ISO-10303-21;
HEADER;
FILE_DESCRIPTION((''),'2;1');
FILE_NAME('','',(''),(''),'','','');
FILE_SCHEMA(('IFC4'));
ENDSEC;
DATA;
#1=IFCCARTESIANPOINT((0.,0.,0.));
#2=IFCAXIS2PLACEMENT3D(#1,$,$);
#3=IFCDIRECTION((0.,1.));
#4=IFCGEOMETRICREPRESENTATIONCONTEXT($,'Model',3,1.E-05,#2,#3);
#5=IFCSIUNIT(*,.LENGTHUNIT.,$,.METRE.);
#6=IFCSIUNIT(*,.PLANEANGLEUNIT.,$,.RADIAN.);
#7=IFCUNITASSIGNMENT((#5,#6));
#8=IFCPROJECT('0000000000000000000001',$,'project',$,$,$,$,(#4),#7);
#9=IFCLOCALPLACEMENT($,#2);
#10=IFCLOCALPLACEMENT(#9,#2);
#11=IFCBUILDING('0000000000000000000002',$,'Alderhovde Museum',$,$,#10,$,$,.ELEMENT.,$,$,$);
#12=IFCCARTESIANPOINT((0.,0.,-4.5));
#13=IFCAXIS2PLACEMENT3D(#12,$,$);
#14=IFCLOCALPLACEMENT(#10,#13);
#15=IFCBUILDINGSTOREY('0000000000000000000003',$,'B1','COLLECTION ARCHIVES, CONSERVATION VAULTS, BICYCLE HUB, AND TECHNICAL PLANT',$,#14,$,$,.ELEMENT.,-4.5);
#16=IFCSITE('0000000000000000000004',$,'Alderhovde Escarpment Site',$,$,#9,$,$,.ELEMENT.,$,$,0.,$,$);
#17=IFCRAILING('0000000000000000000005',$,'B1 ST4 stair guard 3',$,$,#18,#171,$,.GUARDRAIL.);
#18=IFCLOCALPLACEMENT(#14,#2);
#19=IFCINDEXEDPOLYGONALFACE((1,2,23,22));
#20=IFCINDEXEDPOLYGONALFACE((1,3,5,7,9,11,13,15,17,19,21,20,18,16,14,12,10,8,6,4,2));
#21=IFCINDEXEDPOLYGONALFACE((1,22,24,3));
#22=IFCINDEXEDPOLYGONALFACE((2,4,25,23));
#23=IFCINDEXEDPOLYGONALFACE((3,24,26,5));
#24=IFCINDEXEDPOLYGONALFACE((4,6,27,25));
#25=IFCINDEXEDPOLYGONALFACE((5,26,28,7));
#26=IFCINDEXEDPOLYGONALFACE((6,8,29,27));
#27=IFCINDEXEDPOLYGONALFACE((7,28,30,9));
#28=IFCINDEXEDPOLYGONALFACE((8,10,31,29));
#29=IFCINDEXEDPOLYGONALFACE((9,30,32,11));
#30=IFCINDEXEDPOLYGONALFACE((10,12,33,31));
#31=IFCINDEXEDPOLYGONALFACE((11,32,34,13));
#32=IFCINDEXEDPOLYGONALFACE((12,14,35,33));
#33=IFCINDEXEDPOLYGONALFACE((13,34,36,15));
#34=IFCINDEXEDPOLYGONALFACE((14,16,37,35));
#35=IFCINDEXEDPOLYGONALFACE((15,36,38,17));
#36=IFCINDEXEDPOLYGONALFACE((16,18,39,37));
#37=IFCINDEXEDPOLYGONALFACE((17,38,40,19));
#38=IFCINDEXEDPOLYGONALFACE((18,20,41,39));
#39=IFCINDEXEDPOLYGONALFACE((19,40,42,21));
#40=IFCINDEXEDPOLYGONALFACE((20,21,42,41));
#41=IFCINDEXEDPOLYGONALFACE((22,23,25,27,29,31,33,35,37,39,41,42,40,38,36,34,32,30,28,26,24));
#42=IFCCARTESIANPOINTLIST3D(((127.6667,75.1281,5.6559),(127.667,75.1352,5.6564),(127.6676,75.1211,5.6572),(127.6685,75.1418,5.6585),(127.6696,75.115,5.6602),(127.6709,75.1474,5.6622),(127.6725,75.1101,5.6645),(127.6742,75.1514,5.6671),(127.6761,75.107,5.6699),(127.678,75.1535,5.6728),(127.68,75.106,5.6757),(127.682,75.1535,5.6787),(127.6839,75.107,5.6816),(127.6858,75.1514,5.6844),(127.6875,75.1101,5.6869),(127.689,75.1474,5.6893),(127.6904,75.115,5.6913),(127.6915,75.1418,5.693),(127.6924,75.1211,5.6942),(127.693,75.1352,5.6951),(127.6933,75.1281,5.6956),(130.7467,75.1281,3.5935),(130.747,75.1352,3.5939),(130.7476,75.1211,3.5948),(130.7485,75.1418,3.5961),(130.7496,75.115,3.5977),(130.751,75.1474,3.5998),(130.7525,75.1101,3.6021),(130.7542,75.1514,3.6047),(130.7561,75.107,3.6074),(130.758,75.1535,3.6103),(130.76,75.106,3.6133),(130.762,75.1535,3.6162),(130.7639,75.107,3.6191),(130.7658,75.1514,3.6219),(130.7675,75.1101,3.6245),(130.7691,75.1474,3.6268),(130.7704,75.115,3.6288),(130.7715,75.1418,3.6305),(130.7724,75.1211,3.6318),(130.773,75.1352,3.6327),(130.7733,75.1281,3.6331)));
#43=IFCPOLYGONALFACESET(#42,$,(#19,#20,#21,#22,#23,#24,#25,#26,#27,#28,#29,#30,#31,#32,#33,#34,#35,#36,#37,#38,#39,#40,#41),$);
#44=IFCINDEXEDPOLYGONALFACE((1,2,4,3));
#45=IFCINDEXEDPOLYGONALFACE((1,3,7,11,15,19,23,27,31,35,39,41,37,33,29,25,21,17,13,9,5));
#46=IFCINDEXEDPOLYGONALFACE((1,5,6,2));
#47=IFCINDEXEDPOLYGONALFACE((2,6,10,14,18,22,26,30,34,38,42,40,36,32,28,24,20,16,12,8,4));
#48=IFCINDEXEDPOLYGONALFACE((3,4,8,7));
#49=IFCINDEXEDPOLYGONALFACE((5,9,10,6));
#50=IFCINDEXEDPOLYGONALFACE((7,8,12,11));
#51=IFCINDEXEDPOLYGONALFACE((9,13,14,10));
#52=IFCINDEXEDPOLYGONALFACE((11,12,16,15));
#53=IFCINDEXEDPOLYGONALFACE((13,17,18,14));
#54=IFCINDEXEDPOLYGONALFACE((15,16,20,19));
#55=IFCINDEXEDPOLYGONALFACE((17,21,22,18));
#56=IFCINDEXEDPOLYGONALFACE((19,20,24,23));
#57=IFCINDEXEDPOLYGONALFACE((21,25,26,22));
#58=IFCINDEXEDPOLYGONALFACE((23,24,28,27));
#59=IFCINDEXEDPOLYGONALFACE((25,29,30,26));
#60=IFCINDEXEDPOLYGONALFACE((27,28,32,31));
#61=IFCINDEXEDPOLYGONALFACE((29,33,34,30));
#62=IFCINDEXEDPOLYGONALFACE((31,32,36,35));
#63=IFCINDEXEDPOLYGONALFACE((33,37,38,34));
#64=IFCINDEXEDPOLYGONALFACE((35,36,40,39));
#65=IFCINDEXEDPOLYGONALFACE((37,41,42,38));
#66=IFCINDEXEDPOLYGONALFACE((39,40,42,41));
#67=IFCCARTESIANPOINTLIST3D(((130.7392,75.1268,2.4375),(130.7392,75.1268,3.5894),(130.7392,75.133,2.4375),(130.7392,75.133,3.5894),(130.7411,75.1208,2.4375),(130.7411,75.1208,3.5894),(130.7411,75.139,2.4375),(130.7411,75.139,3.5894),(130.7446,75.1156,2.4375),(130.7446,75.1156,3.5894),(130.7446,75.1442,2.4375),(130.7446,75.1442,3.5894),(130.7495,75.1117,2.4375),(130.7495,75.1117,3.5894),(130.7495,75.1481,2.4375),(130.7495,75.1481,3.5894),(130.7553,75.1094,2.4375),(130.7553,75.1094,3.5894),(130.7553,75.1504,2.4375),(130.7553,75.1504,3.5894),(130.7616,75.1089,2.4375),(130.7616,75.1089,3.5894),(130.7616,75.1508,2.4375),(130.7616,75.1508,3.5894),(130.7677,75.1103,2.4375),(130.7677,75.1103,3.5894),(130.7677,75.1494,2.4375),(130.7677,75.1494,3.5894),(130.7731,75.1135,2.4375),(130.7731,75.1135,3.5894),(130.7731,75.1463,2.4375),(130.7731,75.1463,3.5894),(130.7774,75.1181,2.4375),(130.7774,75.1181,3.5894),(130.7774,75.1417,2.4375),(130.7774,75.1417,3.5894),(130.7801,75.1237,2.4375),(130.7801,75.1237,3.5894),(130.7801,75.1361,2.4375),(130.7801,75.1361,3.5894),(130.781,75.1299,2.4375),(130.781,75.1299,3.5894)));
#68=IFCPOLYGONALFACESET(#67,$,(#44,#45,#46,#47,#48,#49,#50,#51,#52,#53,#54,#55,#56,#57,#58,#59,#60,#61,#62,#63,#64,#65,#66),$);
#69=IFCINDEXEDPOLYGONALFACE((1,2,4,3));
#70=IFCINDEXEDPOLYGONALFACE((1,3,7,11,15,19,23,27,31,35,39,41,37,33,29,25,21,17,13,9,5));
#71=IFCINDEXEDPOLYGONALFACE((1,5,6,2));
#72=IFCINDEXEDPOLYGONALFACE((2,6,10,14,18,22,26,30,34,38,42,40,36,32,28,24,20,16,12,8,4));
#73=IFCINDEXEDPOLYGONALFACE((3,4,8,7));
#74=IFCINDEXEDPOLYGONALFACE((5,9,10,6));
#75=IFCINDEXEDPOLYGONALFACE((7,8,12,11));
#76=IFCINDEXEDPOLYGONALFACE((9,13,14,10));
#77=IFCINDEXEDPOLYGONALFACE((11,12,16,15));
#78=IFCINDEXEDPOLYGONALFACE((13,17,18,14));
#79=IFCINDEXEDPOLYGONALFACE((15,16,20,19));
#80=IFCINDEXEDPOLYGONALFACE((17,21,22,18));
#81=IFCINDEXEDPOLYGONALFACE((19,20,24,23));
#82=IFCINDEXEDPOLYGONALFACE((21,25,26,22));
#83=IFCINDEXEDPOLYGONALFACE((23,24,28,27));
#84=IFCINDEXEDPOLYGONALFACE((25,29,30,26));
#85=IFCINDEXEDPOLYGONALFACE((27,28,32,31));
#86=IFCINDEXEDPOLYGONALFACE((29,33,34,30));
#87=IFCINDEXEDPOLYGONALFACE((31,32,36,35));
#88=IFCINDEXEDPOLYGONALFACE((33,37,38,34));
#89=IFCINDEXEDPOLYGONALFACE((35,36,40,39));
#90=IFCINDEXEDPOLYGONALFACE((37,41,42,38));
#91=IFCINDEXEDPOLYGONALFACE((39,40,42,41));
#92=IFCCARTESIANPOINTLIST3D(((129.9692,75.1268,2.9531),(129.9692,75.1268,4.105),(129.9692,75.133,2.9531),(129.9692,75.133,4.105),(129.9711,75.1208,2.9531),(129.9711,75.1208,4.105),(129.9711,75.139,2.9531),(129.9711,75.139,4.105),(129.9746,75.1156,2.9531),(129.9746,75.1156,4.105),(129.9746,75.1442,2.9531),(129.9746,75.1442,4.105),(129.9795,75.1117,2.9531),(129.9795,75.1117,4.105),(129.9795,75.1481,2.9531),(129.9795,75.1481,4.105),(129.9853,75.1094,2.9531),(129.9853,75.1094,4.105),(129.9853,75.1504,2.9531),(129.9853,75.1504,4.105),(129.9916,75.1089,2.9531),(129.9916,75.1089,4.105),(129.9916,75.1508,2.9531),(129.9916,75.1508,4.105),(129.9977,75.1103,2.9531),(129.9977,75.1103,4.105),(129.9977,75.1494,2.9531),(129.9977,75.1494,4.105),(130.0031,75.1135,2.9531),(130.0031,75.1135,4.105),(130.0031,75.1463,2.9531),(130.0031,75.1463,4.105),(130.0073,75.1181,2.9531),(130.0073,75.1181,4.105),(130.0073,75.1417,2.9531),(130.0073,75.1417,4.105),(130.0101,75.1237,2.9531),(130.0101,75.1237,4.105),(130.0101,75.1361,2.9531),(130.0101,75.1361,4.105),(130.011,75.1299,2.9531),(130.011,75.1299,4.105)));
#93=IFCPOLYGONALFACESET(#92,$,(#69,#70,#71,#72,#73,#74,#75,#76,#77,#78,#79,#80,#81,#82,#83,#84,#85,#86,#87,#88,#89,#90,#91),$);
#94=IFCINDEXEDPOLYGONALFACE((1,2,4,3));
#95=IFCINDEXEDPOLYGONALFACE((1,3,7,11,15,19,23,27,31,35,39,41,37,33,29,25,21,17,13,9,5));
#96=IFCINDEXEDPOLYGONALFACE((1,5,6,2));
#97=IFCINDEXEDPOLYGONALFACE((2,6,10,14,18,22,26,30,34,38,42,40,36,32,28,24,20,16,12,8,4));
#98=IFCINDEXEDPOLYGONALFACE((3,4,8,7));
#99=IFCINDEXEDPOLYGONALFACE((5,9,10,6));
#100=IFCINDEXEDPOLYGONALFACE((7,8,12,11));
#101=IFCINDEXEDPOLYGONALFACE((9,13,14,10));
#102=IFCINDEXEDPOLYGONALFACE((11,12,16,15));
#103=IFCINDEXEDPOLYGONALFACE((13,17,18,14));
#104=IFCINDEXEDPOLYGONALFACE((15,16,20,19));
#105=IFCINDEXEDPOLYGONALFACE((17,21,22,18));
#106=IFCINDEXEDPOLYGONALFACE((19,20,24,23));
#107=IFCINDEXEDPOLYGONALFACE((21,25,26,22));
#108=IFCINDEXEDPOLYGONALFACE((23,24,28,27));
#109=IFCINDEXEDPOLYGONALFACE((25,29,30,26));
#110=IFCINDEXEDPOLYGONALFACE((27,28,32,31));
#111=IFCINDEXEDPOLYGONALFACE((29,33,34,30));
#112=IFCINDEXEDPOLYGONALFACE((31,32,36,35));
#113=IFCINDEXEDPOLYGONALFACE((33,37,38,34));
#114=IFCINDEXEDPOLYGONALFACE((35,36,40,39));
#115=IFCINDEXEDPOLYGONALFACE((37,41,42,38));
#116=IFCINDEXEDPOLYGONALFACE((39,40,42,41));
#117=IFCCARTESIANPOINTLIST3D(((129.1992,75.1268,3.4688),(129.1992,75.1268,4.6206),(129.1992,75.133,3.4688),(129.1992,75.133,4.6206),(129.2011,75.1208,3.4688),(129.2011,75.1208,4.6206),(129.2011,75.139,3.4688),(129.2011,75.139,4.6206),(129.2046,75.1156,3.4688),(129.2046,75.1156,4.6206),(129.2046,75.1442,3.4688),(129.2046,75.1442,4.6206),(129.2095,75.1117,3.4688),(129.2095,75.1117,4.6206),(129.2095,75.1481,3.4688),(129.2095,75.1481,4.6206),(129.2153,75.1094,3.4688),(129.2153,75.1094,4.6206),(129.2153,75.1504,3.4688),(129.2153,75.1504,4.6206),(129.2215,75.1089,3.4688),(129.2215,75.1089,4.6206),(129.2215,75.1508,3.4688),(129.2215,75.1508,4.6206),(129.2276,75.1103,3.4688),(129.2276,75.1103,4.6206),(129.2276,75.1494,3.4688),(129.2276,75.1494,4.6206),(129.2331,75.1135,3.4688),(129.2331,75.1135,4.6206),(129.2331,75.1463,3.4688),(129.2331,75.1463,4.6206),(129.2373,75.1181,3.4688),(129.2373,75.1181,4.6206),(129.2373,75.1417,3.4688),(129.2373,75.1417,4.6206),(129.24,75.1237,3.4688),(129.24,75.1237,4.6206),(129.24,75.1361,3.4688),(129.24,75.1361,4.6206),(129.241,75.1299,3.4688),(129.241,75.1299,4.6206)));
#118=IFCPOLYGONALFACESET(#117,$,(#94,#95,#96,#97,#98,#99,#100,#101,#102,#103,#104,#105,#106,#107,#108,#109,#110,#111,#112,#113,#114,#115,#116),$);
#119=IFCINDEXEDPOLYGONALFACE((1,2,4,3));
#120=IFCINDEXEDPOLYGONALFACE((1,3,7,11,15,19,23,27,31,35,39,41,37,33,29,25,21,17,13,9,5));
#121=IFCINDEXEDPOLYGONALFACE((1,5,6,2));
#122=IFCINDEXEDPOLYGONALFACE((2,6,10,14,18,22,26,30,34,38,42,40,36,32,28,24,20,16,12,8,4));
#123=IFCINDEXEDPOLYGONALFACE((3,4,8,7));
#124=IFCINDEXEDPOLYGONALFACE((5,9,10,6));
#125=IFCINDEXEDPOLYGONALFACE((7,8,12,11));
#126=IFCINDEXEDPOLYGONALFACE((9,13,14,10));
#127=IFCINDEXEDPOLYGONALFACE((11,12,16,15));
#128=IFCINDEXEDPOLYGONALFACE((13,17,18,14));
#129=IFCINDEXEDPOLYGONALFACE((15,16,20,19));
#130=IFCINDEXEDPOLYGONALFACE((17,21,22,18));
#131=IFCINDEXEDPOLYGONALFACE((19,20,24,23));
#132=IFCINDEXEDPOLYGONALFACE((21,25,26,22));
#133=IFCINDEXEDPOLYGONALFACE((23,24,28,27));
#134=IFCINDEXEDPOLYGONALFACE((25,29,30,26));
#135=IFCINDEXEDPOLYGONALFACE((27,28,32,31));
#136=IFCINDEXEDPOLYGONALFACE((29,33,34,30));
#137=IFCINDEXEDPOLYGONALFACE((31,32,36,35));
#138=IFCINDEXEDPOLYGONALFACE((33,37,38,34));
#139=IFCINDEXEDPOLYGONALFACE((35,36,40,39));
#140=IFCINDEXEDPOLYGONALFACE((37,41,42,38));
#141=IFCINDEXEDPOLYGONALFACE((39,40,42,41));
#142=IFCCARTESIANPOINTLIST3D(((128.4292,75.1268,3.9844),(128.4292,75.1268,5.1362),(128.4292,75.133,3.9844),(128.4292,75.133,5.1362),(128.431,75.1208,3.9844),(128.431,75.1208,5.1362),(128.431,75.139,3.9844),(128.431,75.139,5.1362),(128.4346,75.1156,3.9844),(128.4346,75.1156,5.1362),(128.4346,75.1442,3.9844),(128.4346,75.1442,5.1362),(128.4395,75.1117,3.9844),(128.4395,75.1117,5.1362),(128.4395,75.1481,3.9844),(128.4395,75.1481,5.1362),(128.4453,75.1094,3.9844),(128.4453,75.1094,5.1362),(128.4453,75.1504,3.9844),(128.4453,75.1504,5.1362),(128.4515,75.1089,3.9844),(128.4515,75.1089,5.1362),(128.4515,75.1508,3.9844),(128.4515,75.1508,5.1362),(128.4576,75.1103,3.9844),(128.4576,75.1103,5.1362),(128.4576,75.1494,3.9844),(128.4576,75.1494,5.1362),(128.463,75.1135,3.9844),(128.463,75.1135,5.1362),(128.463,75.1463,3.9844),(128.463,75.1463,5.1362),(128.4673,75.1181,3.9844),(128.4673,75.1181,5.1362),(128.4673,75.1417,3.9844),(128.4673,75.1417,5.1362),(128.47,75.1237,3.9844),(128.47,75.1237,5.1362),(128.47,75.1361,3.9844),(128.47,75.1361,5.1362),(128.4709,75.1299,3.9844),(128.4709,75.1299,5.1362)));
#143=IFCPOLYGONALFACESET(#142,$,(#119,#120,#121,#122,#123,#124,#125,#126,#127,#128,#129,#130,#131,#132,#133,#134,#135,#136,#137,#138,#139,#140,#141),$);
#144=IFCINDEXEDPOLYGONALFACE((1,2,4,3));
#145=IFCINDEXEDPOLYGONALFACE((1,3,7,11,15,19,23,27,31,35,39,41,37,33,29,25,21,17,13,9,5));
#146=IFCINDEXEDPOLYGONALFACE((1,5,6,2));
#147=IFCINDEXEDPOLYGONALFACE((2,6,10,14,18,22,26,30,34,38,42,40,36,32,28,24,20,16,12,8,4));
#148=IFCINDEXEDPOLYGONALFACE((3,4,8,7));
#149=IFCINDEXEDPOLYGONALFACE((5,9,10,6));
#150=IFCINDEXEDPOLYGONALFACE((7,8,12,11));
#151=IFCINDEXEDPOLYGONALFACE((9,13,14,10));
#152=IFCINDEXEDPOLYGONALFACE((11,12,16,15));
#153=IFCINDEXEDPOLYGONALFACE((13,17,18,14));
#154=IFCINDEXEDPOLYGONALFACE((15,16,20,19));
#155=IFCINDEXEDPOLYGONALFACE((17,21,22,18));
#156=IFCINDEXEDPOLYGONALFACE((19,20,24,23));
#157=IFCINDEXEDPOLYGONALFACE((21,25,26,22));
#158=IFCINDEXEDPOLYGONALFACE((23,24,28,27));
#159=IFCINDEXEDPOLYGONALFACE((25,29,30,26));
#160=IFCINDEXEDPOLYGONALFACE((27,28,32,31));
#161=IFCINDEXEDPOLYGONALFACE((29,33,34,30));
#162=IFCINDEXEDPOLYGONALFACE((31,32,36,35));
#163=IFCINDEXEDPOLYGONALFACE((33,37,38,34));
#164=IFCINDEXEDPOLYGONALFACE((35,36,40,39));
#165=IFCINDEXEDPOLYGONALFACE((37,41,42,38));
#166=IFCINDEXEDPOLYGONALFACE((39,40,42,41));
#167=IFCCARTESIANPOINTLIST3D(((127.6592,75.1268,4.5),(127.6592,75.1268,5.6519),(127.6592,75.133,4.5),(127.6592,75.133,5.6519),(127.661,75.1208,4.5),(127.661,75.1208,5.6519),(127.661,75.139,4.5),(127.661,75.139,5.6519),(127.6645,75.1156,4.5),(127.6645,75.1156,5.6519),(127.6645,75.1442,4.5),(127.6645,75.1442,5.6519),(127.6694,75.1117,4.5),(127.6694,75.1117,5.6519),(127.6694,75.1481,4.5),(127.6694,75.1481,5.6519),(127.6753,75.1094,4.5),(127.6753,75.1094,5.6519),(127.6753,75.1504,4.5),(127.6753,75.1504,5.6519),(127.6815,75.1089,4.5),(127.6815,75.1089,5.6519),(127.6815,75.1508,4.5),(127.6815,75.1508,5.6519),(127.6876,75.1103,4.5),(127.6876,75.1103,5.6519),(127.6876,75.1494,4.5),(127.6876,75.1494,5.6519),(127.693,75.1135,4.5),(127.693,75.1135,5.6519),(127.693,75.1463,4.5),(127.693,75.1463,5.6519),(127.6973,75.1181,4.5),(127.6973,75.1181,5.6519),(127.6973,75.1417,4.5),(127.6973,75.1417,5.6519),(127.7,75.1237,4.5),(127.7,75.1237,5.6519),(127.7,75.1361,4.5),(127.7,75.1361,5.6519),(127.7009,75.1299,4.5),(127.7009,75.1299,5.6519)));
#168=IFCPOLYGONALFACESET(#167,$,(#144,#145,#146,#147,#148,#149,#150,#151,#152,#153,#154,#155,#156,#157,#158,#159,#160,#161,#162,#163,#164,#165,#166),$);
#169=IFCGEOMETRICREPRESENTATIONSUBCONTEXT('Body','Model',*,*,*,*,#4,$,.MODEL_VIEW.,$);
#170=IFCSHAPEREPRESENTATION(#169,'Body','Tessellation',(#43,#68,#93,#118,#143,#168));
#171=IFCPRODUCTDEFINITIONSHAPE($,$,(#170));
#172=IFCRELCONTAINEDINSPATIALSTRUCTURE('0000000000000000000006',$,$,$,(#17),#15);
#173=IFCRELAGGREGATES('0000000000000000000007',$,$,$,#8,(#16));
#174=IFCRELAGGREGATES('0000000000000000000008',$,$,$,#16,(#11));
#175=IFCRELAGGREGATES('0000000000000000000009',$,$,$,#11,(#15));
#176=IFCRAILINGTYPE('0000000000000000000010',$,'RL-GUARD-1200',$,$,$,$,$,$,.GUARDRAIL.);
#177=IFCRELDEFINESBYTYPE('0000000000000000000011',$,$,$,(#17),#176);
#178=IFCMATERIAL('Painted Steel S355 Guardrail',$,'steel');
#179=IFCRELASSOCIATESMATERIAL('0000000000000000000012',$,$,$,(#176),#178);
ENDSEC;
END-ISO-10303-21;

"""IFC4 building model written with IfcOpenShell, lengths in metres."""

from ifc_helpers import new_model, si_unit, direction, frame, origin, origin_2d, place, context, subcontext, project, spatial, circle, extrude, material, type_object, element, save


model = new_model("IFC4")

# Units and contexts
model_context = context("Model", 3, precision=1e-05, world=origin(), true_north=direction((0.0, 1.0)))
body_context = subcontext(model_context, "Body", "Model", "MODEL_VIEW")
ifc_project = project(units=[si_unit("LENGTHUNIT", "METRE"), si_unit("PLANEANGLEUNIT", "RADIAN")], contexts=[model_context])

# Site, building, storey
site_placement = place(None, origin())
site = spatial("IfcSite", under=ifc_project, at=site_placement, Name="Alderhovde Escarpment Site", CompositionType="ELEMENT", RefElevation=0.0)
building_placement = place(site_placement, origin())
building = spatial("IfcBuilding", under=site, at=building_placement, Name="Alderhovde Museum", CompositionType="ELEMENT")
storey_placement = place(building_placement, frame((0.0, 0.0, -4.5)))
storey = spatial("IfcBuildingStorey", under=building, at=storey_placement, Name="B1", Description="COLLECTION ARCHIVES, CONSERVATION VAULTS, BICYCLE HUB, AND TECHNICAL PLANT", CompositionType="ELEMENT", Elevation=-4.5)

# Railing
ifc_material_1 = material(Name="Painted Steel S355 Guardrail", Category="steel")
railing_type_1 = type_object("IfcRailingType", Name="RL-GUARD-1200", PredefinedType="GUARDRAIL", material=ifc_material_1)
railing_1_placement = place(storey_placement, frame((130.76, 75.1299, 2.4375)))
element("IfcRailing", 1, at=railing_1_placement, inside=storey, type_object=railing_type_1, Name="B1 ST4 stair guard 3", PredefinedType="GUARDRAIL", context=body_context, shape_type="SweptSolid", body=[
    extrude(circle(Radius=0.0239, at=origin_2d()), frame((0.0, 0.0, 1.1758), z_axis=(-0.830914, 0.0, 0.556401), x_axis=(0.0, -1.0, 0.0)), (0.0, 0.0, 1.0), 3.7068),
    extrude(circle(Radius=0.021, at=origin_2d()), origin(), (0.0, 0.0, 1.0), 1.1519),
    extrude(circle(Radius=0.021, at=origin_2d()), frame((-0.77, 0.0, 0.5156)), (0.0, 0.0, 1.0), 1.1519),
    extrude(circle(Radius=0.021, at=origin_2d()), frame((-1.54, 0.0, 1.0312)), (0.0, 0.0, 1.0), 1.1519),
    extrude(circle(Radius=0.021, at=origin_2d()), frame((-2.3101, 0.0, 1.5469)), (0.0, 0.0, 1.0), 1.1519),
    extrude(circle(Radius=0.021, at=origin_2d()), frame((-3.0801, 0.0, 2.0625)), (0.0, 0.0, 1.0), 1.1519),
])

save(model, "model.ifc")
